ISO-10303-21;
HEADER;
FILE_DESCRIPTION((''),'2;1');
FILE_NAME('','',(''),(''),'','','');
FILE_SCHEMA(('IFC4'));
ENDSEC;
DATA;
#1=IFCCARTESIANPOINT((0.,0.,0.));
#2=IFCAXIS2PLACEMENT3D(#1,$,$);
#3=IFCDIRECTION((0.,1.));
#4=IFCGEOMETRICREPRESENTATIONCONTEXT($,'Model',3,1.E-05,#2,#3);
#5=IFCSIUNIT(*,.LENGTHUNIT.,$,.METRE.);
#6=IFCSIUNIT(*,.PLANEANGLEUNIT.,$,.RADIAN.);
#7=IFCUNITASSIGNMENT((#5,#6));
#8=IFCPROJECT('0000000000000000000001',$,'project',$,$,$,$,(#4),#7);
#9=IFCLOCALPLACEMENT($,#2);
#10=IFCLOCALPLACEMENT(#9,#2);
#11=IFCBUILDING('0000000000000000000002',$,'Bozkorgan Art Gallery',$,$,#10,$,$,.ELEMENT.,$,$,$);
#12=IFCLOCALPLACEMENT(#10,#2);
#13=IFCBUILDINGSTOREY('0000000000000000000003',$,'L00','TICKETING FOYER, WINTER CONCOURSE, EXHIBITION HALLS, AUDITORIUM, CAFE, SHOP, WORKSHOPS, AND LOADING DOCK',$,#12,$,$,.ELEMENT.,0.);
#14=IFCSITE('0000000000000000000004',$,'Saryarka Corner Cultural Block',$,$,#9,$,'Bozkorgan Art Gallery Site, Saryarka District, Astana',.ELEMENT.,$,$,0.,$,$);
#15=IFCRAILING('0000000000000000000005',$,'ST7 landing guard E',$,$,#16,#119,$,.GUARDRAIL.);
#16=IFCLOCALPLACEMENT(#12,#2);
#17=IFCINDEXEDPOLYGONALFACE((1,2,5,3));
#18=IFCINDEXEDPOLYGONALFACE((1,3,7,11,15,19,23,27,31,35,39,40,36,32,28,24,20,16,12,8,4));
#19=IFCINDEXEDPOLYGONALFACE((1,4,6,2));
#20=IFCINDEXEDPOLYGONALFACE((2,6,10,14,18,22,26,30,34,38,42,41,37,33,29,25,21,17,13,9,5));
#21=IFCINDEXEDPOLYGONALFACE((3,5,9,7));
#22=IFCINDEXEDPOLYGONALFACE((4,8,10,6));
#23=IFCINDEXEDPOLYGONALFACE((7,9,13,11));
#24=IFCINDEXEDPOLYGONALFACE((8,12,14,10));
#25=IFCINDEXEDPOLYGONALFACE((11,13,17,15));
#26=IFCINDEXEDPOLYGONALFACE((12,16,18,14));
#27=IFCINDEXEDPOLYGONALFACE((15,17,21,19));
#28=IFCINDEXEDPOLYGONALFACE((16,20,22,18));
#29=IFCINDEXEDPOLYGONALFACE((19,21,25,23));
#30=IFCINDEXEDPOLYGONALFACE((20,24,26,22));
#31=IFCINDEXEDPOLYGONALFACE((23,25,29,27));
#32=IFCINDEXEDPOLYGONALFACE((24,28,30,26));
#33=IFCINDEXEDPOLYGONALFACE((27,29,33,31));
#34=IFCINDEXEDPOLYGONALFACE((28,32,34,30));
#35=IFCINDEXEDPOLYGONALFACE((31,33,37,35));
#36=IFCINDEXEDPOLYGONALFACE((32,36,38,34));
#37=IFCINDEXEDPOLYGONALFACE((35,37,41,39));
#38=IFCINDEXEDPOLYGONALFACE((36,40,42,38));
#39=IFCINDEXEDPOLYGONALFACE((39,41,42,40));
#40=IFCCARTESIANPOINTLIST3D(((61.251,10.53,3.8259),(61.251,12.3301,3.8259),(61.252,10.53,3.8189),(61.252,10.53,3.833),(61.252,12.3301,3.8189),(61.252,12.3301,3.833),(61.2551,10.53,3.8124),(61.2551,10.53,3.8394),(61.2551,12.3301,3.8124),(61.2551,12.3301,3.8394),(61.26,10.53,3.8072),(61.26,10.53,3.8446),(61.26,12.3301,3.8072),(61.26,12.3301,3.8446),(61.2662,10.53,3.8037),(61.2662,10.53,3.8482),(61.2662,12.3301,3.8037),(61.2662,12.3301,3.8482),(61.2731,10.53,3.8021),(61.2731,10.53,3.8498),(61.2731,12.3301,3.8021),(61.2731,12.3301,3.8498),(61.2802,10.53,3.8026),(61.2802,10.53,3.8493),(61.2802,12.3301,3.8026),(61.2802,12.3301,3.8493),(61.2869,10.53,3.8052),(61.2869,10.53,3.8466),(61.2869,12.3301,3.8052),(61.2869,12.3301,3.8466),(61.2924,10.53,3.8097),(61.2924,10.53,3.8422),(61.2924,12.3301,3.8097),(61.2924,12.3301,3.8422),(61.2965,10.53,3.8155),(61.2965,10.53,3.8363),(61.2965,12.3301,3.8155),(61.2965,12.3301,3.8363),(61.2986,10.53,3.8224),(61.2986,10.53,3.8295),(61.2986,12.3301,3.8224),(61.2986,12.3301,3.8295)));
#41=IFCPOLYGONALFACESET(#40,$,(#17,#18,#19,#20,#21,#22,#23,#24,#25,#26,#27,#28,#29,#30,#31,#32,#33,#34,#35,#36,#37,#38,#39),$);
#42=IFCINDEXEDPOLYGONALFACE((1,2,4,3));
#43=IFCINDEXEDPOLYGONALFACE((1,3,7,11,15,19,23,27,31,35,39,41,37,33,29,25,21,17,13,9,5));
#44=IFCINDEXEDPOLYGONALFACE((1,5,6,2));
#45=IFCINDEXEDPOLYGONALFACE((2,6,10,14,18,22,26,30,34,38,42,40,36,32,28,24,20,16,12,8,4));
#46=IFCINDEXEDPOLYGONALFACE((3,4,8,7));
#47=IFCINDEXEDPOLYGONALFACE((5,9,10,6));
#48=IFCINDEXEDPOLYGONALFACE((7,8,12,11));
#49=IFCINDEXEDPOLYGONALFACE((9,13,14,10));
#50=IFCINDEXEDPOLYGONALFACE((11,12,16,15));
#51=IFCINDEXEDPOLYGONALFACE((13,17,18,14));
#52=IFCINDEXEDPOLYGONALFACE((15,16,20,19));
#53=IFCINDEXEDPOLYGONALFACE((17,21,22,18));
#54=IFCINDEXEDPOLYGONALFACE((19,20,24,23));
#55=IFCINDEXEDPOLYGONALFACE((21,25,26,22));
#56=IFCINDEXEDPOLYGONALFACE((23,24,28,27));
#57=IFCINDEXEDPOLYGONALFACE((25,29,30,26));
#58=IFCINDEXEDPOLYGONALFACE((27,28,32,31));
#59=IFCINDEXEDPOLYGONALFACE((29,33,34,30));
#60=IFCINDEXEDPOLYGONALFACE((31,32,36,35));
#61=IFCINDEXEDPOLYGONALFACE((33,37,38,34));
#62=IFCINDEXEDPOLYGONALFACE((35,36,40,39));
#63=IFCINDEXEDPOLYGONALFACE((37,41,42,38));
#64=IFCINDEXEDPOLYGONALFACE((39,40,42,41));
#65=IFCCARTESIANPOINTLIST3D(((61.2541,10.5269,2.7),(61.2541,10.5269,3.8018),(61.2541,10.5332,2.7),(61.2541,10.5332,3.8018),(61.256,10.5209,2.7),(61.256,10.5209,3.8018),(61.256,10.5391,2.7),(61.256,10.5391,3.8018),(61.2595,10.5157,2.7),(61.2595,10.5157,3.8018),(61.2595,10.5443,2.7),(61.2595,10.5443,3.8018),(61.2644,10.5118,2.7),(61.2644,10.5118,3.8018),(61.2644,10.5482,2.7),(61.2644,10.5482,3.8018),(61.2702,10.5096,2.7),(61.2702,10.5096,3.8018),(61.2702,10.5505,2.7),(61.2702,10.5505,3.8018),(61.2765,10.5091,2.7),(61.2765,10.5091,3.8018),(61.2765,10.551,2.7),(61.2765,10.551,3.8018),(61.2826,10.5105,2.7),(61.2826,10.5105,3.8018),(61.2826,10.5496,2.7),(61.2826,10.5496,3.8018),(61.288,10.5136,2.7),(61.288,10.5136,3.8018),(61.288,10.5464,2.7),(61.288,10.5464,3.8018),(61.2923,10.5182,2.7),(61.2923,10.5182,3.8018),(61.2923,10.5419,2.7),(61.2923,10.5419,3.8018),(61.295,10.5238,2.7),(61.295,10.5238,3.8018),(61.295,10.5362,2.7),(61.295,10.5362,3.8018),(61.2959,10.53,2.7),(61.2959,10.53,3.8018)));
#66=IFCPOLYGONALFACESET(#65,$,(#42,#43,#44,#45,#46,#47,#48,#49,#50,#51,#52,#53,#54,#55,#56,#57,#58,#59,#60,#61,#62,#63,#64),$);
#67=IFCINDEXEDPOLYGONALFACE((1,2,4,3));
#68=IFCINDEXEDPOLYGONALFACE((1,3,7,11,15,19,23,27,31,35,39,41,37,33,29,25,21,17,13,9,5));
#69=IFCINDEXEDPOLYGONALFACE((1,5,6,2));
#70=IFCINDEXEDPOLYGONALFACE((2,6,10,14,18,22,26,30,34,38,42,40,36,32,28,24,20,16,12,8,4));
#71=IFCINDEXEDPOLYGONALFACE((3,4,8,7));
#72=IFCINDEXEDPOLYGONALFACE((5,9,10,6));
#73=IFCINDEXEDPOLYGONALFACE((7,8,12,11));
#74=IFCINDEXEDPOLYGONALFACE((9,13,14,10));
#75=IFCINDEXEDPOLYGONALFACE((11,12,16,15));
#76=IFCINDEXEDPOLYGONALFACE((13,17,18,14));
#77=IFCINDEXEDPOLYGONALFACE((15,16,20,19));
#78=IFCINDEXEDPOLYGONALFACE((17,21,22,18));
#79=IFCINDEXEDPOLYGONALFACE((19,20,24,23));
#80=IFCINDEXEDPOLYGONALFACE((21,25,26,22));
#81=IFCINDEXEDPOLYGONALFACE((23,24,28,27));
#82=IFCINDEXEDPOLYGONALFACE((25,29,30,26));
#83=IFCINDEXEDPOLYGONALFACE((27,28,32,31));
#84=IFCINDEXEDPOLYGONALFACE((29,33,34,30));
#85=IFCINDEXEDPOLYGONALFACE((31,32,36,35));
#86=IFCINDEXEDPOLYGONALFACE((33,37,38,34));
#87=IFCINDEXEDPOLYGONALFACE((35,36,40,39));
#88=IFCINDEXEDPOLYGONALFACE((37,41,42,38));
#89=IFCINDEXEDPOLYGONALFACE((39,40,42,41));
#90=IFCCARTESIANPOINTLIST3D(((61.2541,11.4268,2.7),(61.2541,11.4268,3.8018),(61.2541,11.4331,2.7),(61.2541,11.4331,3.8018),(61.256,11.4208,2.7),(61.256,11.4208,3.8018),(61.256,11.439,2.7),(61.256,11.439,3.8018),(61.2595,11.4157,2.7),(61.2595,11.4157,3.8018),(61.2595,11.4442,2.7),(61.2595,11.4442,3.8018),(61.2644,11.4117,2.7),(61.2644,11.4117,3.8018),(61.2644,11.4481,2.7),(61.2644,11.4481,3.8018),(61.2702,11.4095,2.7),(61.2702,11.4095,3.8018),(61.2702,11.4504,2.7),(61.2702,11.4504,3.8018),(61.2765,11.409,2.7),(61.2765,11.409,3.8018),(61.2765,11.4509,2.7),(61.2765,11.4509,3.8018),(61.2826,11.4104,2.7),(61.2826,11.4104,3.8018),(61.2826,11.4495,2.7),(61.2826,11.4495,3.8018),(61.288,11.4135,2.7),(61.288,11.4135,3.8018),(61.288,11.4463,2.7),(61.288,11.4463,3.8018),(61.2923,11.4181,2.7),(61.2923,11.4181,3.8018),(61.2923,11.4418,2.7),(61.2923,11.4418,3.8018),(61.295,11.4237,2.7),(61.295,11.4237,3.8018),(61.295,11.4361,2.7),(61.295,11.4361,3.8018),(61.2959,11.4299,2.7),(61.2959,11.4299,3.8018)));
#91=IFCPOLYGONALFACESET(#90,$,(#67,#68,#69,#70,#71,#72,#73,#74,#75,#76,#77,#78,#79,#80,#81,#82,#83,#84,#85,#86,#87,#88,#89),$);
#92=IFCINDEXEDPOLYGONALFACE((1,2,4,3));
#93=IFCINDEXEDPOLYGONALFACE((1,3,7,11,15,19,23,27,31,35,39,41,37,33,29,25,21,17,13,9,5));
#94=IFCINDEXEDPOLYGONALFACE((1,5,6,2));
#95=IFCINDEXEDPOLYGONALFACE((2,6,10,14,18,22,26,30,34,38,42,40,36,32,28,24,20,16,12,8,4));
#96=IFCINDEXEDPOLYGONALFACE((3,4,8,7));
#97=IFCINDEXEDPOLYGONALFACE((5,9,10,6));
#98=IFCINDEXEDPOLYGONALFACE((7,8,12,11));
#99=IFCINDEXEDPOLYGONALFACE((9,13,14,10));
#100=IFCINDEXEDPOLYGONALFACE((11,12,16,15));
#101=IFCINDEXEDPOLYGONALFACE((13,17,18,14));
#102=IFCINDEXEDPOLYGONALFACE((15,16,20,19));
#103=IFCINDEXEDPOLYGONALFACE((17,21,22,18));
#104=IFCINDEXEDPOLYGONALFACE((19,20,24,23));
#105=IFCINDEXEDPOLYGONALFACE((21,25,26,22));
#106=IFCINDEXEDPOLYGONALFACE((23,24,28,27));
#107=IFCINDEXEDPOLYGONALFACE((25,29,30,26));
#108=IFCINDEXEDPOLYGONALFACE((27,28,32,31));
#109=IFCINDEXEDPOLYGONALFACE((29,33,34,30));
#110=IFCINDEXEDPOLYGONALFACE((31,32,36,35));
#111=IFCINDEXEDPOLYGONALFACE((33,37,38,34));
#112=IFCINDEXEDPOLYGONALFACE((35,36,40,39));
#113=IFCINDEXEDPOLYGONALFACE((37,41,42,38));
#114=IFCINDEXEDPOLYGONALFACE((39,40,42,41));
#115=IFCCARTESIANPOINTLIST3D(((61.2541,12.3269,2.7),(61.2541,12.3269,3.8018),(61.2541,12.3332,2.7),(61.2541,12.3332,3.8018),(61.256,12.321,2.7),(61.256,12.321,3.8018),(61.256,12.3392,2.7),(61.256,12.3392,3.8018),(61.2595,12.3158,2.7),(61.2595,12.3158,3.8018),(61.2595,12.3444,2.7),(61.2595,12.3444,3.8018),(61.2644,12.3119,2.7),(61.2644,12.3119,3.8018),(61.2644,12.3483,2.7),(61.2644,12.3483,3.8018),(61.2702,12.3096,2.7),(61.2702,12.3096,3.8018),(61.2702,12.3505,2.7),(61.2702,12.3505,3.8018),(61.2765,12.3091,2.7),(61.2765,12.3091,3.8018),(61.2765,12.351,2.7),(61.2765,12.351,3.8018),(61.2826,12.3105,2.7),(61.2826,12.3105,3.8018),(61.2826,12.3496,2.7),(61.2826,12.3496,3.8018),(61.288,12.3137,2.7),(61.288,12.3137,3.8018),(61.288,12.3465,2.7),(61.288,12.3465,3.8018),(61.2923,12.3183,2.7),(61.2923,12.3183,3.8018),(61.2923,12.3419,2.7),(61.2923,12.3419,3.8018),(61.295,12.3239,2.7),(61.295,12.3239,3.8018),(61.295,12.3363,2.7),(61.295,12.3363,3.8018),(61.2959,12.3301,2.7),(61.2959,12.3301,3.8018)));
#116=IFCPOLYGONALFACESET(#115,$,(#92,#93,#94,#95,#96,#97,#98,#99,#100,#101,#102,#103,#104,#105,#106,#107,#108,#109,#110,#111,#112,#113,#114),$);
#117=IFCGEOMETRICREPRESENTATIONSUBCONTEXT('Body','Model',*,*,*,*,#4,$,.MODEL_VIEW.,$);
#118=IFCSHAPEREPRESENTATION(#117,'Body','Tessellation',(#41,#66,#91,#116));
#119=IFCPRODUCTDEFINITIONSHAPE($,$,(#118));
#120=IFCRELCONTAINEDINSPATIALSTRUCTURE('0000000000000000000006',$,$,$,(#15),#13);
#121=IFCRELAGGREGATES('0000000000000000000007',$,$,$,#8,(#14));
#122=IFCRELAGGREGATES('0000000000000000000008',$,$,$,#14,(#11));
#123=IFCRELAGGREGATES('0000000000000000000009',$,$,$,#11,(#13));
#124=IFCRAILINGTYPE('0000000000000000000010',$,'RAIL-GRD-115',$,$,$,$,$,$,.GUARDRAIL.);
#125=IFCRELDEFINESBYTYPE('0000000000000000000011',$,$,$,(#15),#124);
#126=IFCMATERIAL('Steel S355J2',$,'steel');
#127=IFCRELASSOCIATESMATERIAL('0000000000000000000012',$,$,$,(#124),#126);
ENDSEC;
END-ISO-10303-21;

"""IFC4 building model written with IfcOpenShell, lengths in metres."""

from ifc_helpers import new_model, si_unit, direction, frame, origin, origin_2d, place, context, subcontext, project, spatial, circle, extrude, material, type_object, element, save


model = new_model("IFC4")

# Units and contexts
model_context = context("Model", 3, precision=1e-05, world=origin(), true_north=direction((0.0, 1.0)))
body_context = subcontext(model_context, "Body", "Model", "MODEL_VIEW")
ifc_project = project(units=[si_unit("LENGTHUNIT", "METRE"), si_unit("PLANEANGLEUNIT", "RADIAN")], contexts=[model_context])

# Site, building, storey
site_placement = place(None, origin())
site = spatial("IfcSite", under=ifc_project, at=site_placement, Name="Saryarka Corner Cultural Block", LongName="Bozkorgan Art Gallery Site, Saryarka District, Astana", CompositionType="ELEMENT", RefElevation=0.0)
building_placement = place(site_placement, origin())
building = spatial("IfcBuilding", under=site, at=building_placement, Name="Bozkorgan Art Gallery", CompositionType="ELEMENT")
storey_placement = place(building_placement, origin())
storey = spatial("IfcBuildingStorey", under=building, at=storey_placement, Name="L00", Description="TICKETING FOYER, WINTER CONCOURSE, EXHIBITION HALLS, AUDITORIUM, CAFE, SHOP, WORKSHOPS, AND LOADING DOCK", CompositionType="ELEMENT", Elevation=0.0)

# Shared definitions
ifc_material_1 = material(Name="Steel S355J2", Category="steel")

# Railing
railing_type = type_object("IfcRailingType", Name="RAIL-GRD-115", PredefinedType="GUARDRAIL", material=ifc_material_1)
railing_1_placement = place(storey_placement, frame((61.2749, 10.53, 2.7)))
element("IfcRailing", 1, at=railing_1_placement, inside=storey, type_object=railing_type, Name="ST7 landing guard E", PredefinedType="GUARDRAIL", context=body_context, shape_type="SweptSolid", body=[
    extrude(circle(Radius=0.0239, at=origin_2d()), frame((0.0, 0.0, 1.126), z_axis=(0.0, 1.0, 0.0), x_axis=(-1.0, 0.0, 0.0)), (0.0, 0.0, 1.0), 1.8),
    extrude(circle(Radius=0.021, at=origin_2d()), origin(), (0.0, 0.0, 1.0), 1.1018),
    extrude(circle(Radius=0.021, at=origin_2d()), frame((0.0, 0.8999, 0.0)), (0.0, 0.0, 1.0), 1.1018),
    extrude(circle(Radius=0.021, at=origin_2d()), frame((0.0, 1.8, 0.0)), (0.0, 0.0, 1.0), 1.1018),
])

save(model, "model.ifc")
